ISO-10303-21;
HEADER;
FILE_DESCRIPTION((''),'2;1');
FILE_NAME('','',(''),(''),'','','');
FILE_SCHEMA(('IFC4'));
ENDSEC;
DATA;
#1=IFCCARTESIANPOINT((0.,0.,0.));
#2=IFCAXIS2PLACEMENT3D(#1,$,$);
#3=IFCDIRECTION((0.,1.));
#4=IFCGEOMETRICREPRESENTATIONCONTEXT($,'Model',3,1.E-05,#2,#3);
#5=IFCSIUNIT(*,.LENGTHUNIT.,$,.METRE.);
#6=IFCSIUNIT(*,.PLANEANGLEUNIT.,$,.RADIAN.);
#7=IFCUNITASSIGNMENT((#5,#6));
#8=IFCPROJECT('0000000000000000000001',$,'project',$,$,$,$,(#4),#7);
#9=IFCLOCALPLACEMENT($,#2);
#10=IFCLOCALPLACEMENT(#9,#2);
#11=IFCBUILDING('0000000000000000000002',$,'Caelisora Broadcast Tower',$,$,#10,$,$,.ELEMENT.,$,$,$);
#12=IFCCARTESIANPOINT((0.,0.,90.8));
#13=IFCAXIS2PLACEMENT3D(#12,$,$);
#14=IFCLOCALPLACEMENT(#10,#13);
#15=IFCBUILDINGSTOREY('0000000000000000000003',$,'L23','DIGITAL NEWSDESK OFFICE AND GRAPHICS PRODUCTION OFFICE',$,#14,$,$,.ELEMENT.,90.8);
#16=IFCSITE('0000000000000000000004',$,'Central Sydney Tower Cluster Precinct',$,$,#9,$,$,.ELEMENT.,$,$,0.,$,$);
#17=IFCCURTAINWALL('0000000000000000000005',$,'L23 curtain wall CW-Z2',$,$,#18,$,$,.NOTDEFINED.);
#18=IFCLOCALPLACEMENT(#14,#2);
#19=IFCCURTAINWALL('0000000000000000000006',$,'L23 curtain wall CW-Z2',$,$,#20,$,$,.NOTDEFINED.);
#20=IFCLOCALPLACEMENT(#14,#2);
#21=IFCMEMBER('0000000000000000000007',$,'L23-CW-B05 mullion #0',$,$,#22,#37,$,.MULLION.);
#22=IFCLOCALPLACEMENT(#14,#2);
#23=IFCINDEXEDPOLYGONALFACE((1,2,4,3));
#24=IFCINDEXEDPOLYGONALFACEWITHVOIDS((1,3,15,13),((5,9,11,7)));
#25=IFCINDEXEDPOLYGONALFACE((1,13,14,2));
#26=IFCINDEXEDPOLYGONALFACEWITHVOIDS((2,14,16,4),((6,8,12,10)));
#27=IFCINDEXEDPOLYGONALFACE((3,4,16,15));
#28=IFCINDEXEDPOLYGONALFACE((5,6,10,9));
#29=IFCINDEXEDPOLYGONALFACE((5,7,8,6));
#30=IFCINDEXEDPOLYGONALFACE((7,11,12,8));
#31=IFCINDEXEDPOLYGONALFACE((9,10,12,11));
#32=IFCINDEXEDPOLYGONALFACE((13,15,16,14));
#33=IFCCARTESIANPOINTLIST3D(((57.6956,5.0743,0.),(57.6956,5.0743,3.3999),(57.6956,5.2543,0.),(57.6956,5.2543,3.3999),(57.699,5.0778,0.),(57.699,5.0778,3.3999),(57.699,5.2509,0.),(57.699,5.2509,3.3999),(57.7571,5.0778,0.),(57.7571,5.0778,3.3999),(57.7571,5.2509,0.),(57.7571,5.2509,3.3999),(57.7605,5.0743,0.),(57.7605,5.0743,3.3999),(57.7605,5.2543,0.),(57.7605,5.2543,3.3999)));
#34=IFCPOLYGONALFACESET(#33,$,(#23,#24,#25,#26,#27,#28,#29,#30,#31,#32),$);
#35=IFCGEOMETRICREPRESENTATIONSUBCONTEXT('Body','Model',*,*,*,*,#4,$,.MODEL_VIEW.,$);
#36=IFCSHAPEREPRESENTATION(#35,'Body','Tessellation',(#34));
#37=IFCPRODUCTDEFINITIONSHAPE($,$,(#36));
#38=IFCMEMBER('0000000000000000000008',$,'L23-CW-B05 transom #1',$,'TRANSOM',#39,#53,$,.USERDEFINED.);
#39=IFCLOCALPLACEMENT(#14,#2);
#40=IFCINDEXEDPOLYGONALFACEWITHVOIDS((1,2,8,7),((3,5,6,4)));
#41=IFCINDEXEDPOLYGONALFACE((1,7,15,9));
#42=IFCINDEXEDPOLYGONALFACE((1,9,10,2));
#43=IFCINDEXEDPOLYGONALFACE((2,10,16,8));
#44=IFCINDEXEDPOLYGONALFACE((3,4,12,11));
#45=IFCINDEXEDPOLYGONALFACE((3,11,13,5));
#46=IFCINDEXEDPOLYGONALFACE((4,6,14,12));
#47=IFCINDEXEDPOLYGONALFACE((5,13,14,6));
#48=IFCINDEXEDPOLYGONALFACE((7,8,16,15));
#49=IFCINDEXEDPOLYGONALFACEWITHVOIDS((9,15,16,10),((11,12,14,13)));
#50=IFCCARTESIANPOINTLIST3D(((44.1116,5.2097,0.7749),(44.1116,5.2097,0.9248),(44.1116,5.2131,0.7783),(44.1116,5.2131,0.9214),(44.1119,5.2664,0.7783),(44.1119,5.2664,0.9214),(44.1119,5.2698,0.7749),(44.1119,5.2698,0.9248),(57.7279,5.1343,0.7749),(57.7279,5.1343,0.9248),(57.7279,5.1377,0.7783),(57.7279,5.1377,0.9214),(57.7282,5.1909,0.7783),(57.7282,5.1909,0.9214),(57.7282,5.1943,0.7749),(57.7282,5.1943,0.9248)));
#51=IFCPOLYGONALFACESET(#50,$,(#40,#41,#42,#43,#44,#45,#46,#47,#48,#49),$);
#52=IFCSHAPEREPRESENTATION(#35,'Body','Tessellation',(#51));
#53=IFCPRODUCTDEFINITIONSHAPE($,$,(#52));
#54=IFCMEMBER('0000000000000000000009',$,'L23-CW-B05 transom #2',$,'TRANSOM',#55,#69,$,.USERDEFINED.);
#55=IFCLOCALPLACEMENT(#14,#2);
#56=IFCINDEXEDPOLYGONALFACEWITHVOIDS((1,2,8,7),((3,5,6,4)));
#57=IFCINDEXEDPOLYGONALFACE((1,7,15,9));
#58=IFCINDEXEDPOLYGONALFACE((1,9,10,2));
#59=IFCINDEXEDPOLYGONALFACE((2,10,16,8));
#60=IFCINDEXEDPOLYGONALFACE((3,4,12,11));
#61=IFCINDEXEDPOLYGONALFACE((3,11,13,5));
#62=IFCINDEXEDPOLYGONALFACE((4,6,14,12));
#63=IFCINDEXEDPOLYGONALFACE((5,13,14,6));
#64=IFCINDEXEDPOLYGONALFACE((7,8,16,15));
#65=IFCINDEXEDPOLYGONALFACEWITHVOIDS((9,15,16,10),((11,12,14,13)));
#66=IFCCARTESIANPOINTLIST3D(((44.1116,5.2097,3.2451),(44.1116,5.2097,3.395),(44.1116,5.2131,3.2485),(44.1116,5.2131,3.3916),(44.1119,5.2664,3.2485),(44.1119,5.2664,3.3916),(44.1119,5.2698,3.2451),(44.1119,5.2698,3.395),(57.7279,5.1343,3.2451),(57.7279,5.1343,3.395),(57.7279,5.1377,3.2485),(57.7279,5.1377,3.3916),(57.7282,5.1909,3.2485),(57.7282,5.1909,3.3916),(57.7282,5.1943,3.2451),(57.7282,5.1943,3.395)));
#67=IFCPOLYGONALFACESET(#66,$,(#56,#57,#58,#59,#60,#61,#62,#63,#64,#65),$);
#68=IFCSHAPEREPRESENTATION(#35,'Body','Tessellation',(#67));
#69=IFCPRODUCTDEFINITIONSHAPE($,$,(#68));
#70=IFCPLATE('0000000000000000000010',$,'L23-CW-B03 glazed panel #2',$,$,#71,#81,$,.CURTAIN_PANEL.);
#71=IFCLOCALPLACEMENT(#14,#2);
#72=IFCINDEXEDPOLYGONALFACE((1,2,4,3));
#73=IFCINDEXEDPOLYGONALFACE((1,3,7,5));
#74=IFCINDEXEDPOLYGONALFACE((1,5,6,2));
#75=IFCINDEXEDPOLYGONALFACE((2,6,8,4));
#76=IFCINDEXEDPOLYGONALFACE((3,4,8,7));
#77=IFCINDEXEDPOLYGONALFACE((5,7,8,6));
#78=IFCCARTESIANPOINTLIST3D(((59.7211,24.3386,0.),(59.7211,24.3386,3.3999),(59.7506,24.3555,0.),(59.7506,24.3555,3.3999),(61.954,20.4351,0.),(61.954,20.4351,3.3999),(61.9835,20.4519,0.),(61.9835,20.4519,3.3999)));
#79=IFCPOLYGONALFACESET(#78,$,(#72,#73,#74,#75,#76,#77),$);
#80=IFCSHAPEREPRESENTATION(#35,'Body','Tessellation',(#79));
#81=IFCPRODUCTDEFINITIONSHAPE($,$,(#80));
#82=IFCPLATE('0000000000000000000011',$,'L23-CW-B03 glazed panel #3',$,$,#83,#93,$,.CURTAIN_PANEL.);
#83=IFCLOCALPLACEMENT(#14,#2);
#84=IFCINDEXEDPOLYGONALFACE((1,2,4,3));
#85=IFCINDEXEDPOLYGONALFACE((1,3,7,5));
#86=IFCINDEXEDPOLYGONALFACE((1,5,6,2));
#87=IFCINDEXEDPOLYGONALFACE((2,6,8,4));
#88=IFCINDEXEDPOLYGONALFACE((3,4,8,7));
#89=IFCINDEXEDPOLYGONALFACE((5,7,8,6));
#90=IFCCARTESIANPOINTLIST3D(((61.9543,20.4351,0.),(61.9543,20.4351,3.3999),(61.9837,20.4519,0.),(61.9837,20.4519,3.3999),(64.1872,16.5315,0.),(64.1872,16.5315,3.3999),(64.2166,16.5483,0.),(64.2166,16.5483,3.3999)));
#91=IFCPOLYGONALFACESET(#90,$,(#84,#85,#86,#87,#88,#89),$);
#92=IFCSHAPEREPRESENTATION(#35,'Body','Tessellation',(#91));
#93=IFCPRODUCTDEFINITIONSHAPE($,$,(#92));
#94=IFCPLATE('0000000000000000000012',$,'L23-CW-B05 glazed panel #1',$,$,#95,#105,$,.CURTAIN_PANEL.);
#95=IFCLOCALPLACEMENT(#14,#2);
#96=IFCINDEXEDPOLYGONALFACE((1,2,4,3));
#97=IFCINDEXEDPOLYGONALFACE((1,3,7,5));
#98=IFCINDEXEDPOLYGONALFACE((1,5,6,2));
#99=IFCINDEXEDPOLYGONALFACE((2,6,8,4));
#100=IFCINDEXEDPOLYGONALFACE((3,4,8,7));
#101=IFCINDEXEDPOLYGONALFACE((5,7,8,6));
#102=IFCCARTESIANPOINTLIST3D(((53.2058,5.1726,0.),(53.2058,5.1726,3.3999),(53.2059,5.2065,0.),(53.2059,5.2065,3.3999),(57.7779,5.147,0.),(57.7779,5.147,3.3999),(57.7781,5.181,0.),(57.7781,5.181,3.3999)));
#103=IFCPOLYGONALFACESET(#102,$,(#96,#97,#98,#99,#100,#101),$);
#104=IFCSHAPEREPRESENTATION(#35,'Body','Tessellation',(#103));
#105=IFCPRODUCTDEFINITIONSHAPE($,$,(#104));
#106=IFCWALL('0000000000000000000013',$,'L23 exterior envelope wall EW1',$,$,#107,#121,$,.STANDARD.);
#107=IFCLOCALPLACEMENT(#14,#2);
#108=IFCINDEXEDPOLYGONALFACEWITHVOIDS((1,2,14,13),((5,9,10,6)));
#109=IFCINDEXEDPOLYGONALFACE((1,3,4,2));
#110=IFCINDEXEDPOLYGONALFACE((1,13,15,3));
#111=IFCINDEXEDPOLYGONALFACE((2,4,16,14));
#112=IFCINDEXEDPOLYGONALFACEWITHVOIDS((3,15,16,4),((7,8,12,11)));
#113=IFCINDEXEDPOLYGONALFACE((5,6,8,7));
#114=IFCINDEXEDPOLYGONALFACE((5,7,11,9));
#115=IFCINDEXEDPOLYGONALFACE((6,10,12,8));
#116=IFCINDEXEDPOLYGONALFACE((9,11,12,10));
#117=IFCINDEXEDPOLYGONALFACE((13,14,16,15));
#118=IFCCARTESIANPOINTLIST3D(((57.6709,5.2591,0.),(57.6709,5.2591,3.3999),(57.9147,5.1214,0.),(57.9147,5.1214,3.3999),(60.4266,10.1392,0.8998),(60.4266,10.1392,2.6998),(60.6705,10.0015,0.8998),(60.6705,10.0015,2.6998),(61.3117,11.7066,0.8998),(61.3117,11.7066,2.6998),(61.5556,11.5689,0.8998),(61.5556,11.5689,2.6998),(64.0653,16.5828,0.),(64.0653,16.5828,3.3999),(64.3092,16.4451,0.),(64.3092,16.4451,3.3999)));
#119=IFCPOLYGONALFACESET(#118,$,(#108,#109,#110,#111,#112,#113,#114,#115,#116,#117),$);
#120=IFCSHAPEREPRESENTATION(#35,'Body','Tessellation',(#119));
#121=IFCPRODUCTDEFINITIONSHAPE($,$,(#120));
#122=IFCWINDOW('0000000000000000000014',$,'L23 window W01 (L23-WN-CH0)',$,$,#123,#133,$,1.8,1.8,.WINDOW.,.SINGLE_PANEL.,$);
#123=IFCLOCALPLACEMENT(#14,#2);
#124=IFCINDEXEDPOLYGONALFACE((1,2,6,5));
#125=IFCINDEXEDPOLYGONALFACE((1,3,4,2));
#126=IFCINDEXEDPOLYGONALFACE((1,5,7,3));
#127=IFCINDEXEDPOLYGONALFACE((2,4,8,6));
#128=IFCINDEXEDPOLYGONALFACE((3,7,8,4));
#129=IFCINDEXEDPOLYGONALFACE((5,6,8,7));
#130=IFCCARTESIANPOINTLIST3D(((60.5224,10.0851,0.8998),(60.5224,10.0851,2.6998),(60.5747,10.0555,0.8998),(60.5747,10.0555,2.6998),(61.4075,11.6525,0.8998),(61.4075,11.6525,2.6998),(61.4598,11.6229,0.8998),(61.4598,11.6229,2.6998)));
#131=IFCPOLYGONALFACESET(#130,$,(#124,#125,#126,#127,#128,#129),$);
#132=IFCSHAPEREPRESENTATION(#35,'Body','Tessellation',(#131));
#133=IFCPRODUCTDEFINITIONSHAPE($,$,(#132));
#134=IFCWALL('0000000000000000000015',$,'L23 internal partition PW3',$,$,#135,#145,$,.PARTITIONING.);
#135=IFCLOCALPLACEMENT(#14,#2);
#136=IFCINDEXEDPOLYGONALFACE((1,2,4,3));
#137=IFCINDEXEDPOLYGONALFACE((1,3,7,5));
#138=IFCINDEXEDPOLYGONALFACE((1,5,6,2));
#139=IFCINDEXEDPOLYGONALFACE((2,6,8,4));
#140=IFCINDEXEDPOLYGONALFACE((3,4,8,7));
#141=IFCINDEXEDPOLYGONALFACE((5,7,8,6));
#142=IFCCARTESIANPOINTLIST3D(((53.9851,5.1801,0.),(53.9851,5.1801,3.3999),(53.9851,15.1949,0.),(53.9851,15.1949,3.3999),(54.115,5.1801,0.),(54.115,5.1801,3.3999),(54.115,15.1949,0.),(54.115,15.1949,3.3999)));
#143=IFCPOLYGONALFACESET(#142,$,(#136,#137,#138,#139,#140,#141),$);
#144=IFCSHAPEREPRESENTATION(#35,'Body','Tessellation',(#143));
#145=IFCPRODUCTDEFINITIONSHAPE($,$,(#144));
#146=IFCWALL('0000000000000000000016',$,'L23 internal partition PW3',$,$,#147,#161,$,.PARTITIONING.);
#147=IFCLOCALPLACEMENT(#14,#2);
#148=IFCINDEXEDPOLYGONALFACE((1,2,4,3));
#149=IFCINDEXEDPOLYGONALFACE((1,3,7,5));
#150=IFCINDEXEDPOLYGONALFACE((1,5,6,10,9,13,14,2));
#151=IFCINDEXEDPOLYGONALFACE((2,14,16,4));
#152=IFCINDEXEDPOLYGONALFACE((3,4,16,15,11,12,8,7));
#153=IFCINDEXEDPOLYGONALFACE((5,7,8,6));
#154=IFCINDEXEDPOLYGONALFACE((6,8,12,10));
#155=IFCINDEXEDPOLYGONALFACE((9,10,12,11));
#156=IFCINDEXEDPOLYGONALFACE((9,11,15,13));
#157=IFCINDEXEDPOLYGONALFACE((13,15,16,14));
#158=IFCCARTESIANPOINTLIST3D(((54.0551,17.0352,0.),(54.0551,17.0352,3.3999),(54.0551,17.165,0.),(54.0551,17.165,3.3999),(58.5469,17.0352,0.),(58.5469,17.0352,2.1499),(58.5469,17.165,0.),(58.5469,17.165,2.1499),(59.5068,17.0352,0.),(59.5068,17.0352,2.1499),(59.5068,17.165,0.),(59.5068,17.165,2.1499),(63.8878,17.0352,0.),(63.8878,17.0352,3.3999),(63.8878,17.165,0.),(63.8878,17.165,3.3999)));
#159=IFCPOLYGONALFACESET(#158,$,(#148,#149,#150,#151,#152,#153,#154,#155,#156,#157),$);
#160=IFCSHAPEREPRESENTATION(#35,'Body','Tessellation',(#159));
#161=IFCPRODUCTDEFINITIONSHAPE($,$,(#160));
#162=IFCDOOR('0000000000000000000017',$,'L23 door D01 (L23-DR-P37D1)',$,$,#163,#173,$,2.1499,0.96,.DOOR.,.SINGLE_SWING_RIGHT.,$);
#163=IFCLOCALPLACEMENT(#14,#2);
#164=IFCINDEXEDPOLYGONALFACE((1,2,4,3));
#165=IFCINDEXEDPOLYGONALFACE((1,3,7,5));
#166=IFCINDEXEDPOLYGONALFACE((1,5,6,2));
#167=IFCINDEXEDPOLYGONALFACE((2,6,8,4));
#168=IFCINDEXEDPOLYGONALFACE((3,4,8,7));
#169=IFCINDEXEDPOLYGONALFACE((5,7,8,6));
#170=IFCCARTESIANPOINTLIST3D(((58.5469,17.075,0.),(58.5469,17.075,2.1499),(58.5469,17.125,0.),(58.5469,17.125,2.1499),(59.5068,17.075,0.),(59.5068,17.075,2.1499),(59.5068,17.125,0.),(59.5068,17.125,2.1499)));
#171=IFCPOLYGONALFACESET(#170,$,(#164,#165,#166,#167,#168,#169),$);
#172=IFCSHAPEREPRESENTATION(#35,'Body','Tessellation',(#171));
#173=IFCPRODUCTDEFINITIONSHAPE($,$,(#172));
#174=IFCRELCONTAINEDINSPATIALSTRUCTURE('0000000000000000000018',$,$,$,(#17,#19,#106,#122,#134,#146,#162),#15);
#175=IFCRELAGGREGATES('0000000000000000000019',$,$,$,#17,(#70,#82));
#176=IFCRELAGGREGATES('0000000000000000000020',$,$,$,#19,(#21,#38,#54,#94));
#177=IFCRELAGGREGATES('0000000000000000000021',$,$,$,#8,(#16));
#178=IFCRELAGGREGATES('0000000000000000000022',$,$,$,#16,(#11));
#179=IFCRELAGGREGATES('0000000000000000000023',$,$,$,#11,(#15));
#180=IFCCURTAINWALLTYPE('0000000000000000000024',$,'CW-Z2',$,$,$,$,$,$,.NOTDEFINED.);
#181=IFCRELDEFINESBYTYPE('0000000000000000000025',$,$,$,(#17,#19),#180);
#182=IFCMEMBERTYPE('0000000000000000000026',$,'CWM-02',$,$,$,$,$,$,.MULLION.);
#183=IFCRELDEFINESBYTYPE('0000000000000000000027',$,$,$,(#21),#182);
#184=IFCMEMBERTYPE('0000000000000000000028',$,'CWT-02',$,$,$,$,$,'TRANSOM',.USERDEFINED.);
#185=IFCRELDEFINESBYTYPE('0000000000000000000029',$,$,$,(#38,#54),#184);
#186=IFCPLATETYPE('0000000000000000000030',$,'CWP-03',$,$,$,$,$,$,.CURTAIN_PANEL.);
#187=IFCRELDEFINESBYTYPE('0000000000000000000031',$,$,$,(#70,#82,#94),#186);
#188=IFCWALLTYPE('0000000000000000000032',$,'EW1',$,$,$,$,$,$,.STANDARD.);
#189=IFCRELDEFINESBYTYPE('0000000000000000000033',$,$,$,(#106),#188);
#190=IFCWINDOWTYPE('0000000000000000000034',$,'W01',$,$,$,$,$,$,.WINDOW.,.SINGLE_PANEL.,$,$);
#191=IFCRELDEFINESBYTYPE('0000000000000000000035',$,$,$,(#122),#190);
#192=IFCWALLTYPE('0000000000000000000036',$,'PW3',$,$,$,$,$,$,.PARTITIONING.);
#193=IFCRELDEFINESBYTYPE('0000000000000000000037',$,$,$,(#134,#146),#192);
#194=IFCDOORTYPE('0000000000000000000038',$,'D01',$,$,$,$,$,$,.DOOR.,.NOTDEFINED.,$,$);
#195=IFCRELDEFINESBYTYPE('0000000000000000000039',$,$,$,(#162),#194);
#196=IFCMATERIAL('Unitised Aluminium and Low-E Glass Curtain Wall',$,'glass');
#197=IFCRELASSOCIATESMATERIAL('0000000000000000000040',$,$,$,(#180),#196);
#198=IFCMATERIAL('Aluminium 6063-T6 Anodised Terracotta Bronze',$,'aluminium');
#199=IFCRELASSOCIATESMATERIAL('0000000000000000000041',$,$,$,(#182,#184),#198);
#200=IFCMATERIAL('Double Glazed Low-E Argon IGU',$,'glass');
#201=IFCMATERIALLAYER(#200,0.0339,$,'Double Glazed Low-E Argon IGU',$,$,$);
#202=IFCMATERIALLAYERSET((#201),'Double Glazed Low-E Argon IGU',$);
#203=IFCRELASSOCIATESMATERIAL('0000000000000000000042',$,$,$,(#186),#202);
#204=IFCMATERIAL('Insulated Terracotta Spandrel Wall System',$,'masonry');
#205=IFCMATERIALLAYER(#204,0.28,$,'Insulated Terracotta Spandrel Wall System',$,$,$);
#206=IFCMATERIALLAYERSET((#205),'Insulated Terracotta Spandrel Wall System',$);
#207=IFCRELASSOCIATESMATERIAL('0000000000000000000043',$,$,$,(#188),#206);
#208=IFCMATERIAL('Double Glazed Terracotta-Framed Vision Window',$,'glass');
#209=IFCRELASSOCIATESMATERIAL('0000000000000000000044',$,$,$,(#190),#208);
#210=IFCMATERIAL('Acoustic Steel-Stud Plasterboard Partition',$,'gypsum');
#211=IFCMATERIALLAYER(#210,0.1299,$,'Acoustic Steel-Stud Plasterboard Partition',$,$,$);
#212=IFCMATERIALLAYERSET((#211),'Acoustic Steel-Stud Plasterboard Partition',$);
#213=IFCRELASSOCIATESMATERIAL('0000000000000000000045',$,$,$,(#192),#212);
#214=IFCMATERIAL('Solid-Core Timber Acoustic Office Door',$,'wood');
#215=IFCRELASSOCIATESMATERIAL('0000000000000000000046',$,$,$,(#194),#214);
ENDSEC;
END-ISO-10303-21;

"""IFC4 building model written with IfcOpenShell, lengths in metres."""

from ifc_helpers import new_model, si_unit, direction, frame, frame_2d, origin, origin_2d, place, context, subcontext, project, spatial, rectangle, hollow_rectangle, extrude, source, transform, mapped, material, layer, layer_set, material_profile, profile_set, type_object, type_shapes, element, fill, aggregate, save


model = new_model("IFC4")

# Units and contexts
model_context = context("Model", 3, precision=1e-05, world=origin(), true_north=direction((0.0, 1.0)))
body_context = subcontext(model_context, "Body", "Model", "MODEL_VIEW")
ifc_project = project(units=[si_unit("LENGTHUNIT", "METRE"), si_unit("PLANEANGLEUNIT", "RADIAN")], contexts=[model_context])

# Site, building, storey
site_placement = place(None, origin())
site = spatial("IfcSite", under=ifc_project, at=site_placement, Name="Central Sydney Tower Cluster Precinct", CompositionType="ELEMENT", RefElevation=0.0)
building_placement = place(site_placement, origin())
building = spatial("IfcBuilding", under=site, at=building_placement, Name="Caelisora Broadcast Tower", CompositionType="ELEMENT")
storey_placement = place(building_placement, frame((0.0, 0.0, 90.8)))
storey = spatial("IfcBuildingStorey", under=building, at=storey_placement, Name="L23", Description="DIGITAL NEWSDESK OFFICE AND GRAPHICS PRODUCTION OFFICE", CompositionType="ELEMENT", Elevation=90.8)

# Curtain walls, members
ifc_material_1 = material(Name="Unitised Aluminium and Low-E Glass Curtain Wall", Category="glass")
curtain_wall_type = type_object("IfcCurtainWallType", Name="CW-Z2", PredefinedType="NOTDEFINED", material=ifc_material_1)
curtain_wall_1_placement = place(storey_placement, origin())
curtain_wall_1 = element("IfcCurtainWall", 1, at=curtain_wall_1_placement, inside=storey, type_object=curtain_wall_type, Name="L23 curtain wall CW-Z2", PredefinedType="NOTDEFINED")
ifc_material_2 = material(Name="Aluminium 6063-T6 Anodised Terracotta Bronze", Category="aluminium")
ifc_material_profile_1 = material_profile(ifc_material_2, hollow_rectangle(XDim=0.0649, YDim=0.1799, WallThickness=0.0034, at=origin_2d()), Name="Aluminium 6063-T6 Anodised Terracotta Bronze")
ifc_profile_set_1 = profile_set([ifc_material_profile_1], Name="Aluminium 6063-T6 Anodised Terracotta Bronze")
member_type_1 = type_object("IfcMemberType", Name="CWM-02", PredefinedType="MULLION", material=ifc_profile_set_1)
shared_shape_1 = source(origin(), body_context, "Body", "SweptSolid", [
    extrude(hollow_rectangle(XDim=0.0649, YDim=0.1799, WallThickness=0.0034, at=origin_2d()), origin(), (0.0, 0.0, 1.0), 3.3999),
])
type_shapes(member_type_1, [shared_shape_1])
curtain_wall_2_placement = place(storey_placement, origin())
curtain_wall_2 = element("IfcCurtainWall", 2, at=curtain_wall_2_placement, inside=storey, type_object=curtain_wall_type, Name="L23 curtain wall CW-Z2", PredefinedType="NOTDEFINED")
member_1_placement = place(storey_placement, frame((57.728, 5.1643, 0.0), z_axis=(0.0, 0.0, 1.0), x_axis=(1.0, 0.0, 0.0)))
member_1 = element("IfcMember", 3, at=member_1_placement, type_object=member_type_1, Name="L23-CW-B05 mullion #0", PredefinedType="MULLION", context=body_context, shape_type="MappedRepresentation", body=[
    mapped(shared_shape_1, transform((0.0, 0.0, 0.0), scale=1.0)),
])
ifc_material_profile_2 = material_profile(ifc_material_2, hollow_rectangle(XDim=0.0601, YDim=0.1499, WallThickness=0.0034, at=origin_2d()), Name="Aluminium 6063-T6 Anodised Terracotta Bronze")
ifc_profile_set_2 = profile_set([ifc_material_profile_2], Name="Aluminium 6063-T6 Anodised Terracotta Bronze")
member_type_2 = type_object("IfcMemberType", Name="CWT-02", ElementType="TRANSOM", PredefinedType="USERDEFINED", material=ifc_profile_set_2)
shared_shape_2 = source(origin(), body_context, "Body", "SweptSolid", [
    extrude(hollow_rectangle(XDim=0.0601, YDim=0.1499, WallThickness=0.0034, at=origin_2d()), origin(), (0.0, 0.0, 1.0), 13.6165),
])
type_shapes(member_type_2, [shared_shape_2])
member_2_placement = place(storey_placement, frame((57.728, 5.1643, 0.8499), z_axis=(-0.999985, 0.00554, 0.0), x_axis=(-0.00554, -0.999985, 0.0)))
member_2 = element("IfcMember", 4, at=member_2_placement, type_object=member_type_2, Name="L23-CW-B05 transom #1", ObjectType="TRANSOM", PredefinedType="USERDEFINED", context=body_context, shape_type="MappedRepresentation", body=[
    mapped(shared_shape_2, transform((0.0, 0.0, 0.0), scale=1.0)),
])
member_3_placement = place(storey_placement, frame((57.728, 5.1643, 3.3201), z_axis=(-0.999985, 0.00554, 0.0), x_axis=(-0.00554, -0.999985, 0.0)))
member_3 = element("IfcMember", 5, at=member_3_placement, type_object=member_type_2, Name="L23-CW-B05 transom #2", ObjectType="TRANSOM", PredefinedType="USERDEFINED", context=body_context, shape_type="MappedRepresentation", body=[
    mapped(shared_shape_2, transform((0.0, 0.0, 0.0), scale=1.0)),
])

# Plates
ifc_material_3 = material(Name="Double Glazed Low-E Argon IGU", Category="glass")
ifc_layer_1 = layer(ifc_material_3, 0.0339, Name="Double Glazed Low-E Argon IGU")
ifc_layer_set_1 = layer_set([ifc_layer_1], Name="Double Glazed Low-E Argon IGU")
plate_type = type_object("IfcPlateType", Name="CWP-03", PredefinedType="CURTAIN_PANEL", material=ifc_layer_set_1)
shared_shape_3 = source(origin(), body_context, "Body", "SweptSolid", [
    extrude(rectangle(XDim=4.4971, YDim=0.0339, at=origin_2d()), origin(), (0.0, 0.0, 1.0), 3.3999),
])
plate_1_placement = place(storey_placement, frame((60.8523, 22.3953, 0.0), z_axis=(0.0, 0.0, 1.0), x_axis=(0.49652, -0.868026, 0.0)))
plate_1 = element("IfcPlate", 6, at=plate_1_placement, type_object=plate_type, Name="L23-CW-B03 glazed panel #2", PredefinedType="CURTAIN_PANEL", context=body_context, shape_type="MappedRepresentation", body=[
    mapped(shared_shape_3, transform((0.0, 0.0, 0.0), scale=1.0)),
])
plate_2_placement = place(storey_placement, frame((63.0854, 18.4917, 0.0), z_axis=(0.0, 0.0, 1.0), x_axis=(0.49652, -0.868026, 0.0)))
plate_2 = element("IfcPlate", 7, at=plate_2_placement, type_object=plate_type, Name="L23-CW-B03 glazed panel #3", PredefinedType="CURTAIN_PANEL", context=body_context, shape_type="MappedRepresentation", body=[
    mapped(shared_shape_3, transform((0.0, 0.0, 0.0), scale=1.0)),
])
aggregate(curtain_wall_1, [plate_1, plate_2])
shared_shape_4 = source(origin(), body_context, "Body", "SweptSolid", [
    extrude(rectangle(XDim=4.5723, YDim=0.0339, at=origin_2d()), origin(), (0.0, 0.0, 1.0), 3.3999),
])
type_shapes(plate_type, [shared_shape_3, shared_shape_4])
plate_3_placement = place(storey_placement, frame((55.4919, 5.1768, 0.0), z_axis=(0.0, 0.0, 1.0), x_axis=(-0.999984, 0.005585, 0.0)))
plate_3 = element("IfcPlate", 8, at=plate_3_placement, type_object=plate_type, Name="L23-CW-B05 glazed panel #1", PredefinedType="CURTAIN_PANEL", context=body_context, shape_type="MappedRepresentation", body=[
    mapped(shared_shape_4, transform((0.0, 0.0, 0.0), scale=1.0)),
])
aggregate(curtain_wall_2, [member_1, member_2, member_3, plate_3])

# Wall, opening, window
ifc_material_4 = material(Name="Insulated Terracotta Spandrel Wall System", Category="masonry")
ifc_layer_2 = layer(ifc_material_4, 0.28, Name="Insulated Terracotta Spandrel Wall System")
ifc_layer_set_2 = layer_set([ifc_layer_2], Name="Insulated Terracotta Spandrel Wall System")
wall_type_1 = type_object("IfcWallType", Name="EW1", PredefinedType="STANDARD", material=ifc_layer_set_2)
wall_1_placement = place(storey_placement, frame((64.1873, 16.5139, 0.0), z_axis=(0.0, 0.0, 1.0), x_axis=(-0.491717, -0.870755, 0.0)))
wall_1 = element("IfcWall", 9, at=wall_1_placement, inside=storey, type_object=wall_type_1, Name="L23 exterior envelope wall EW1", PredefinedType="STANDARD", context=body_context, shape_type="SweptSolid", body=[
    extrude(rectangle(XDim=13.0044, YDim=0.28, at=frame_2d((6.5022, 0.0))), origin(), (0.0, 0.0, 1.0), 3.3999),
])
opening_1_placement = place(wall_1_placement, frame((5.6001, 0.0, 0.8999)))
opening_1 = element("IfcOpeningElement", 10, at=opening_1_placement, cuts=wall_1, PredefinedType="OPENING", context=body_context, shape_type="SweptSolid", body=[
    extrude(rectangle(XDim=1.8, YDim=1.8, at=frame_2d((0.8999, 0.8999))), frame((0.0, 0.1521, 0.0), z_axis=(0.0, -1.0, 0.0), x_axis=(1.0, 0.0, 0.0)), (0.0, 0.0, 1.0), 0.304),
])
ifc_material_5 = material(Name="Double Glazed Terracotta-Framed Vision Window", Category="glass")
window_type = type_object("IfcWindowType", Name="W01", PartitioningType="SINGLE_PANEL", PredefinedType="WINDOW", material=ifc_material_5)
window_placement = place(opening_1_placement, origin())
window = element("IfcWindow", 11, at=window_placement, inside=storey, type_object=window_type, Name="L23 window W01 (L23-WN-CH0)", OverallHeight=1.8, OverallWidth=1.8, PartitioningType="SINGLE_PANEL", PredefinedType="WINDOW", context=body_context, shape_type="SweptSolid", body=[
    extrude(rectangle(XDim=1.8, YDim=1.8, at=frame_2d((0.8999, 0.8999))), frame((0.0, 0.03, 0.0), z_axis=(0.0, -1.0, 0.0), x_axis=(1.0, 0.0, 0.0)), (0.0, 0.0, 1.0), 0.0601),
])
fill(opening_1, window)

# Wall
ifc_material_6 = material(Name="Acoustic Steel-Stud Plasterboard Partition", Category="gypsum")
ifc_layer_3 = layer(ifc_material_6, 0.1299, Name="Acoustic Steel-Stud Plasterboard Partition")
ifc_layer_set_3 = layer_set([ifc_layer_3], Name="Acoustic Steel-Stud Plasterboard Partition")
wall_type_2 = type_object("IfcWallType", Name="PW3", PredefinedType="PARTITIONING", material=ifc_layer_set_3)
wall_2_placement = place(storey_placement, frame((54.05, 5.1802, 0.0), z_axis=(0.0, 0.0, 1.0), x_axis=(0.0, 1.0, 0.0)))
element("IfcWall", 12, at=wall_2_placement, inside=storey, type_object=wall_type_2, Name="L23 internal partition PW3", PredefinedType="PARTITIONING", context=body_context, shape_type="SweptSolid", body=[
    extrude(rectangle(XDim=10.0149, YDim=0.1299, at=frame_2d((5.0073, 0.0))), origin(), (0.0, 0.0, 1.0), 3.3999),
])

# Wall, opening, door
wall_3_placement = place(storey_placement, frame((54.0549, 17.1001, 0.0), z_axis=(0.0, 0.0, 1.0), x_axis=(1.0, 0.0, 0.0)))
wall_3 = element("IfcWall", 13, at=wall_3_placement, inside=storey, type_object=wall_type_2, Name="L23 internal partition PW3", PredefinedType="PARTITIONING", context=body_context, shape_type="SweptSolid", body=[
    extrude(rectangle(XDim=9.8328, YDim=0.1299, at=frame_2d((4.9165, 0.0))), origin(), (0.0, 0.0, 1.0), 3.3999),
])
opening_2_placement = place(wall_3_placement, frame((4.4919, 0.0, 0.0)))
opening_2 = element("IfcOpeningElement", 14, at=opening_2_placement, cuts=wall_3, PredefinedType="OPENING", context=body_context, shape_type="SweptSolid", body=[
    extrude(rectangle(XDim=0.96, YDim=2.1499, at=frame_2d((0.48, 1.075))), frame((0.0, 0.0769, 0.0), z_axis=(0.0, -1.0, 0.0), x_axis=(1.0, 0.0, 0.0)), (0.0, 0.0, 1.0), 0.1538),
])
ifc_material_7 = material(Name="Solid-Core Timber Acoustic Office Door", Category="wood")
door_type = type_object("IfcDoorType", Name="D01", OperationType="NOTDEFINED", PredefinedType="DOOR", material=ifc_material_7)
door_1_placement = place(opening_2_placement, origin())
door_1 = element("IfcDoor", 15, at=door_1_placement, inside=storey, type_object=door_type, Name="L23 door D01 (L23-DR-P37D1)", OperationType="SINGLE_SWING_RIGHT", OverallHeight=2.1499, OverallWidth=0.96, PredefinedType="DOOR", context=body_context, shape_type="SweptSolid", body=[
    extrude(rectangle(XDim=0.96, YDim=2.1499, at=frame_2d((0.48, 1.075))), frame((0.0, 0.0249, 0.0), z_axis=(0.0, -1.0, 0.0), x_axis=(1.0, 0.0, 0.0)), (0.0, 0.0, 1.0), 0.05),
])
fill(opening_2, door_1)

save(model, "model.ifc")
